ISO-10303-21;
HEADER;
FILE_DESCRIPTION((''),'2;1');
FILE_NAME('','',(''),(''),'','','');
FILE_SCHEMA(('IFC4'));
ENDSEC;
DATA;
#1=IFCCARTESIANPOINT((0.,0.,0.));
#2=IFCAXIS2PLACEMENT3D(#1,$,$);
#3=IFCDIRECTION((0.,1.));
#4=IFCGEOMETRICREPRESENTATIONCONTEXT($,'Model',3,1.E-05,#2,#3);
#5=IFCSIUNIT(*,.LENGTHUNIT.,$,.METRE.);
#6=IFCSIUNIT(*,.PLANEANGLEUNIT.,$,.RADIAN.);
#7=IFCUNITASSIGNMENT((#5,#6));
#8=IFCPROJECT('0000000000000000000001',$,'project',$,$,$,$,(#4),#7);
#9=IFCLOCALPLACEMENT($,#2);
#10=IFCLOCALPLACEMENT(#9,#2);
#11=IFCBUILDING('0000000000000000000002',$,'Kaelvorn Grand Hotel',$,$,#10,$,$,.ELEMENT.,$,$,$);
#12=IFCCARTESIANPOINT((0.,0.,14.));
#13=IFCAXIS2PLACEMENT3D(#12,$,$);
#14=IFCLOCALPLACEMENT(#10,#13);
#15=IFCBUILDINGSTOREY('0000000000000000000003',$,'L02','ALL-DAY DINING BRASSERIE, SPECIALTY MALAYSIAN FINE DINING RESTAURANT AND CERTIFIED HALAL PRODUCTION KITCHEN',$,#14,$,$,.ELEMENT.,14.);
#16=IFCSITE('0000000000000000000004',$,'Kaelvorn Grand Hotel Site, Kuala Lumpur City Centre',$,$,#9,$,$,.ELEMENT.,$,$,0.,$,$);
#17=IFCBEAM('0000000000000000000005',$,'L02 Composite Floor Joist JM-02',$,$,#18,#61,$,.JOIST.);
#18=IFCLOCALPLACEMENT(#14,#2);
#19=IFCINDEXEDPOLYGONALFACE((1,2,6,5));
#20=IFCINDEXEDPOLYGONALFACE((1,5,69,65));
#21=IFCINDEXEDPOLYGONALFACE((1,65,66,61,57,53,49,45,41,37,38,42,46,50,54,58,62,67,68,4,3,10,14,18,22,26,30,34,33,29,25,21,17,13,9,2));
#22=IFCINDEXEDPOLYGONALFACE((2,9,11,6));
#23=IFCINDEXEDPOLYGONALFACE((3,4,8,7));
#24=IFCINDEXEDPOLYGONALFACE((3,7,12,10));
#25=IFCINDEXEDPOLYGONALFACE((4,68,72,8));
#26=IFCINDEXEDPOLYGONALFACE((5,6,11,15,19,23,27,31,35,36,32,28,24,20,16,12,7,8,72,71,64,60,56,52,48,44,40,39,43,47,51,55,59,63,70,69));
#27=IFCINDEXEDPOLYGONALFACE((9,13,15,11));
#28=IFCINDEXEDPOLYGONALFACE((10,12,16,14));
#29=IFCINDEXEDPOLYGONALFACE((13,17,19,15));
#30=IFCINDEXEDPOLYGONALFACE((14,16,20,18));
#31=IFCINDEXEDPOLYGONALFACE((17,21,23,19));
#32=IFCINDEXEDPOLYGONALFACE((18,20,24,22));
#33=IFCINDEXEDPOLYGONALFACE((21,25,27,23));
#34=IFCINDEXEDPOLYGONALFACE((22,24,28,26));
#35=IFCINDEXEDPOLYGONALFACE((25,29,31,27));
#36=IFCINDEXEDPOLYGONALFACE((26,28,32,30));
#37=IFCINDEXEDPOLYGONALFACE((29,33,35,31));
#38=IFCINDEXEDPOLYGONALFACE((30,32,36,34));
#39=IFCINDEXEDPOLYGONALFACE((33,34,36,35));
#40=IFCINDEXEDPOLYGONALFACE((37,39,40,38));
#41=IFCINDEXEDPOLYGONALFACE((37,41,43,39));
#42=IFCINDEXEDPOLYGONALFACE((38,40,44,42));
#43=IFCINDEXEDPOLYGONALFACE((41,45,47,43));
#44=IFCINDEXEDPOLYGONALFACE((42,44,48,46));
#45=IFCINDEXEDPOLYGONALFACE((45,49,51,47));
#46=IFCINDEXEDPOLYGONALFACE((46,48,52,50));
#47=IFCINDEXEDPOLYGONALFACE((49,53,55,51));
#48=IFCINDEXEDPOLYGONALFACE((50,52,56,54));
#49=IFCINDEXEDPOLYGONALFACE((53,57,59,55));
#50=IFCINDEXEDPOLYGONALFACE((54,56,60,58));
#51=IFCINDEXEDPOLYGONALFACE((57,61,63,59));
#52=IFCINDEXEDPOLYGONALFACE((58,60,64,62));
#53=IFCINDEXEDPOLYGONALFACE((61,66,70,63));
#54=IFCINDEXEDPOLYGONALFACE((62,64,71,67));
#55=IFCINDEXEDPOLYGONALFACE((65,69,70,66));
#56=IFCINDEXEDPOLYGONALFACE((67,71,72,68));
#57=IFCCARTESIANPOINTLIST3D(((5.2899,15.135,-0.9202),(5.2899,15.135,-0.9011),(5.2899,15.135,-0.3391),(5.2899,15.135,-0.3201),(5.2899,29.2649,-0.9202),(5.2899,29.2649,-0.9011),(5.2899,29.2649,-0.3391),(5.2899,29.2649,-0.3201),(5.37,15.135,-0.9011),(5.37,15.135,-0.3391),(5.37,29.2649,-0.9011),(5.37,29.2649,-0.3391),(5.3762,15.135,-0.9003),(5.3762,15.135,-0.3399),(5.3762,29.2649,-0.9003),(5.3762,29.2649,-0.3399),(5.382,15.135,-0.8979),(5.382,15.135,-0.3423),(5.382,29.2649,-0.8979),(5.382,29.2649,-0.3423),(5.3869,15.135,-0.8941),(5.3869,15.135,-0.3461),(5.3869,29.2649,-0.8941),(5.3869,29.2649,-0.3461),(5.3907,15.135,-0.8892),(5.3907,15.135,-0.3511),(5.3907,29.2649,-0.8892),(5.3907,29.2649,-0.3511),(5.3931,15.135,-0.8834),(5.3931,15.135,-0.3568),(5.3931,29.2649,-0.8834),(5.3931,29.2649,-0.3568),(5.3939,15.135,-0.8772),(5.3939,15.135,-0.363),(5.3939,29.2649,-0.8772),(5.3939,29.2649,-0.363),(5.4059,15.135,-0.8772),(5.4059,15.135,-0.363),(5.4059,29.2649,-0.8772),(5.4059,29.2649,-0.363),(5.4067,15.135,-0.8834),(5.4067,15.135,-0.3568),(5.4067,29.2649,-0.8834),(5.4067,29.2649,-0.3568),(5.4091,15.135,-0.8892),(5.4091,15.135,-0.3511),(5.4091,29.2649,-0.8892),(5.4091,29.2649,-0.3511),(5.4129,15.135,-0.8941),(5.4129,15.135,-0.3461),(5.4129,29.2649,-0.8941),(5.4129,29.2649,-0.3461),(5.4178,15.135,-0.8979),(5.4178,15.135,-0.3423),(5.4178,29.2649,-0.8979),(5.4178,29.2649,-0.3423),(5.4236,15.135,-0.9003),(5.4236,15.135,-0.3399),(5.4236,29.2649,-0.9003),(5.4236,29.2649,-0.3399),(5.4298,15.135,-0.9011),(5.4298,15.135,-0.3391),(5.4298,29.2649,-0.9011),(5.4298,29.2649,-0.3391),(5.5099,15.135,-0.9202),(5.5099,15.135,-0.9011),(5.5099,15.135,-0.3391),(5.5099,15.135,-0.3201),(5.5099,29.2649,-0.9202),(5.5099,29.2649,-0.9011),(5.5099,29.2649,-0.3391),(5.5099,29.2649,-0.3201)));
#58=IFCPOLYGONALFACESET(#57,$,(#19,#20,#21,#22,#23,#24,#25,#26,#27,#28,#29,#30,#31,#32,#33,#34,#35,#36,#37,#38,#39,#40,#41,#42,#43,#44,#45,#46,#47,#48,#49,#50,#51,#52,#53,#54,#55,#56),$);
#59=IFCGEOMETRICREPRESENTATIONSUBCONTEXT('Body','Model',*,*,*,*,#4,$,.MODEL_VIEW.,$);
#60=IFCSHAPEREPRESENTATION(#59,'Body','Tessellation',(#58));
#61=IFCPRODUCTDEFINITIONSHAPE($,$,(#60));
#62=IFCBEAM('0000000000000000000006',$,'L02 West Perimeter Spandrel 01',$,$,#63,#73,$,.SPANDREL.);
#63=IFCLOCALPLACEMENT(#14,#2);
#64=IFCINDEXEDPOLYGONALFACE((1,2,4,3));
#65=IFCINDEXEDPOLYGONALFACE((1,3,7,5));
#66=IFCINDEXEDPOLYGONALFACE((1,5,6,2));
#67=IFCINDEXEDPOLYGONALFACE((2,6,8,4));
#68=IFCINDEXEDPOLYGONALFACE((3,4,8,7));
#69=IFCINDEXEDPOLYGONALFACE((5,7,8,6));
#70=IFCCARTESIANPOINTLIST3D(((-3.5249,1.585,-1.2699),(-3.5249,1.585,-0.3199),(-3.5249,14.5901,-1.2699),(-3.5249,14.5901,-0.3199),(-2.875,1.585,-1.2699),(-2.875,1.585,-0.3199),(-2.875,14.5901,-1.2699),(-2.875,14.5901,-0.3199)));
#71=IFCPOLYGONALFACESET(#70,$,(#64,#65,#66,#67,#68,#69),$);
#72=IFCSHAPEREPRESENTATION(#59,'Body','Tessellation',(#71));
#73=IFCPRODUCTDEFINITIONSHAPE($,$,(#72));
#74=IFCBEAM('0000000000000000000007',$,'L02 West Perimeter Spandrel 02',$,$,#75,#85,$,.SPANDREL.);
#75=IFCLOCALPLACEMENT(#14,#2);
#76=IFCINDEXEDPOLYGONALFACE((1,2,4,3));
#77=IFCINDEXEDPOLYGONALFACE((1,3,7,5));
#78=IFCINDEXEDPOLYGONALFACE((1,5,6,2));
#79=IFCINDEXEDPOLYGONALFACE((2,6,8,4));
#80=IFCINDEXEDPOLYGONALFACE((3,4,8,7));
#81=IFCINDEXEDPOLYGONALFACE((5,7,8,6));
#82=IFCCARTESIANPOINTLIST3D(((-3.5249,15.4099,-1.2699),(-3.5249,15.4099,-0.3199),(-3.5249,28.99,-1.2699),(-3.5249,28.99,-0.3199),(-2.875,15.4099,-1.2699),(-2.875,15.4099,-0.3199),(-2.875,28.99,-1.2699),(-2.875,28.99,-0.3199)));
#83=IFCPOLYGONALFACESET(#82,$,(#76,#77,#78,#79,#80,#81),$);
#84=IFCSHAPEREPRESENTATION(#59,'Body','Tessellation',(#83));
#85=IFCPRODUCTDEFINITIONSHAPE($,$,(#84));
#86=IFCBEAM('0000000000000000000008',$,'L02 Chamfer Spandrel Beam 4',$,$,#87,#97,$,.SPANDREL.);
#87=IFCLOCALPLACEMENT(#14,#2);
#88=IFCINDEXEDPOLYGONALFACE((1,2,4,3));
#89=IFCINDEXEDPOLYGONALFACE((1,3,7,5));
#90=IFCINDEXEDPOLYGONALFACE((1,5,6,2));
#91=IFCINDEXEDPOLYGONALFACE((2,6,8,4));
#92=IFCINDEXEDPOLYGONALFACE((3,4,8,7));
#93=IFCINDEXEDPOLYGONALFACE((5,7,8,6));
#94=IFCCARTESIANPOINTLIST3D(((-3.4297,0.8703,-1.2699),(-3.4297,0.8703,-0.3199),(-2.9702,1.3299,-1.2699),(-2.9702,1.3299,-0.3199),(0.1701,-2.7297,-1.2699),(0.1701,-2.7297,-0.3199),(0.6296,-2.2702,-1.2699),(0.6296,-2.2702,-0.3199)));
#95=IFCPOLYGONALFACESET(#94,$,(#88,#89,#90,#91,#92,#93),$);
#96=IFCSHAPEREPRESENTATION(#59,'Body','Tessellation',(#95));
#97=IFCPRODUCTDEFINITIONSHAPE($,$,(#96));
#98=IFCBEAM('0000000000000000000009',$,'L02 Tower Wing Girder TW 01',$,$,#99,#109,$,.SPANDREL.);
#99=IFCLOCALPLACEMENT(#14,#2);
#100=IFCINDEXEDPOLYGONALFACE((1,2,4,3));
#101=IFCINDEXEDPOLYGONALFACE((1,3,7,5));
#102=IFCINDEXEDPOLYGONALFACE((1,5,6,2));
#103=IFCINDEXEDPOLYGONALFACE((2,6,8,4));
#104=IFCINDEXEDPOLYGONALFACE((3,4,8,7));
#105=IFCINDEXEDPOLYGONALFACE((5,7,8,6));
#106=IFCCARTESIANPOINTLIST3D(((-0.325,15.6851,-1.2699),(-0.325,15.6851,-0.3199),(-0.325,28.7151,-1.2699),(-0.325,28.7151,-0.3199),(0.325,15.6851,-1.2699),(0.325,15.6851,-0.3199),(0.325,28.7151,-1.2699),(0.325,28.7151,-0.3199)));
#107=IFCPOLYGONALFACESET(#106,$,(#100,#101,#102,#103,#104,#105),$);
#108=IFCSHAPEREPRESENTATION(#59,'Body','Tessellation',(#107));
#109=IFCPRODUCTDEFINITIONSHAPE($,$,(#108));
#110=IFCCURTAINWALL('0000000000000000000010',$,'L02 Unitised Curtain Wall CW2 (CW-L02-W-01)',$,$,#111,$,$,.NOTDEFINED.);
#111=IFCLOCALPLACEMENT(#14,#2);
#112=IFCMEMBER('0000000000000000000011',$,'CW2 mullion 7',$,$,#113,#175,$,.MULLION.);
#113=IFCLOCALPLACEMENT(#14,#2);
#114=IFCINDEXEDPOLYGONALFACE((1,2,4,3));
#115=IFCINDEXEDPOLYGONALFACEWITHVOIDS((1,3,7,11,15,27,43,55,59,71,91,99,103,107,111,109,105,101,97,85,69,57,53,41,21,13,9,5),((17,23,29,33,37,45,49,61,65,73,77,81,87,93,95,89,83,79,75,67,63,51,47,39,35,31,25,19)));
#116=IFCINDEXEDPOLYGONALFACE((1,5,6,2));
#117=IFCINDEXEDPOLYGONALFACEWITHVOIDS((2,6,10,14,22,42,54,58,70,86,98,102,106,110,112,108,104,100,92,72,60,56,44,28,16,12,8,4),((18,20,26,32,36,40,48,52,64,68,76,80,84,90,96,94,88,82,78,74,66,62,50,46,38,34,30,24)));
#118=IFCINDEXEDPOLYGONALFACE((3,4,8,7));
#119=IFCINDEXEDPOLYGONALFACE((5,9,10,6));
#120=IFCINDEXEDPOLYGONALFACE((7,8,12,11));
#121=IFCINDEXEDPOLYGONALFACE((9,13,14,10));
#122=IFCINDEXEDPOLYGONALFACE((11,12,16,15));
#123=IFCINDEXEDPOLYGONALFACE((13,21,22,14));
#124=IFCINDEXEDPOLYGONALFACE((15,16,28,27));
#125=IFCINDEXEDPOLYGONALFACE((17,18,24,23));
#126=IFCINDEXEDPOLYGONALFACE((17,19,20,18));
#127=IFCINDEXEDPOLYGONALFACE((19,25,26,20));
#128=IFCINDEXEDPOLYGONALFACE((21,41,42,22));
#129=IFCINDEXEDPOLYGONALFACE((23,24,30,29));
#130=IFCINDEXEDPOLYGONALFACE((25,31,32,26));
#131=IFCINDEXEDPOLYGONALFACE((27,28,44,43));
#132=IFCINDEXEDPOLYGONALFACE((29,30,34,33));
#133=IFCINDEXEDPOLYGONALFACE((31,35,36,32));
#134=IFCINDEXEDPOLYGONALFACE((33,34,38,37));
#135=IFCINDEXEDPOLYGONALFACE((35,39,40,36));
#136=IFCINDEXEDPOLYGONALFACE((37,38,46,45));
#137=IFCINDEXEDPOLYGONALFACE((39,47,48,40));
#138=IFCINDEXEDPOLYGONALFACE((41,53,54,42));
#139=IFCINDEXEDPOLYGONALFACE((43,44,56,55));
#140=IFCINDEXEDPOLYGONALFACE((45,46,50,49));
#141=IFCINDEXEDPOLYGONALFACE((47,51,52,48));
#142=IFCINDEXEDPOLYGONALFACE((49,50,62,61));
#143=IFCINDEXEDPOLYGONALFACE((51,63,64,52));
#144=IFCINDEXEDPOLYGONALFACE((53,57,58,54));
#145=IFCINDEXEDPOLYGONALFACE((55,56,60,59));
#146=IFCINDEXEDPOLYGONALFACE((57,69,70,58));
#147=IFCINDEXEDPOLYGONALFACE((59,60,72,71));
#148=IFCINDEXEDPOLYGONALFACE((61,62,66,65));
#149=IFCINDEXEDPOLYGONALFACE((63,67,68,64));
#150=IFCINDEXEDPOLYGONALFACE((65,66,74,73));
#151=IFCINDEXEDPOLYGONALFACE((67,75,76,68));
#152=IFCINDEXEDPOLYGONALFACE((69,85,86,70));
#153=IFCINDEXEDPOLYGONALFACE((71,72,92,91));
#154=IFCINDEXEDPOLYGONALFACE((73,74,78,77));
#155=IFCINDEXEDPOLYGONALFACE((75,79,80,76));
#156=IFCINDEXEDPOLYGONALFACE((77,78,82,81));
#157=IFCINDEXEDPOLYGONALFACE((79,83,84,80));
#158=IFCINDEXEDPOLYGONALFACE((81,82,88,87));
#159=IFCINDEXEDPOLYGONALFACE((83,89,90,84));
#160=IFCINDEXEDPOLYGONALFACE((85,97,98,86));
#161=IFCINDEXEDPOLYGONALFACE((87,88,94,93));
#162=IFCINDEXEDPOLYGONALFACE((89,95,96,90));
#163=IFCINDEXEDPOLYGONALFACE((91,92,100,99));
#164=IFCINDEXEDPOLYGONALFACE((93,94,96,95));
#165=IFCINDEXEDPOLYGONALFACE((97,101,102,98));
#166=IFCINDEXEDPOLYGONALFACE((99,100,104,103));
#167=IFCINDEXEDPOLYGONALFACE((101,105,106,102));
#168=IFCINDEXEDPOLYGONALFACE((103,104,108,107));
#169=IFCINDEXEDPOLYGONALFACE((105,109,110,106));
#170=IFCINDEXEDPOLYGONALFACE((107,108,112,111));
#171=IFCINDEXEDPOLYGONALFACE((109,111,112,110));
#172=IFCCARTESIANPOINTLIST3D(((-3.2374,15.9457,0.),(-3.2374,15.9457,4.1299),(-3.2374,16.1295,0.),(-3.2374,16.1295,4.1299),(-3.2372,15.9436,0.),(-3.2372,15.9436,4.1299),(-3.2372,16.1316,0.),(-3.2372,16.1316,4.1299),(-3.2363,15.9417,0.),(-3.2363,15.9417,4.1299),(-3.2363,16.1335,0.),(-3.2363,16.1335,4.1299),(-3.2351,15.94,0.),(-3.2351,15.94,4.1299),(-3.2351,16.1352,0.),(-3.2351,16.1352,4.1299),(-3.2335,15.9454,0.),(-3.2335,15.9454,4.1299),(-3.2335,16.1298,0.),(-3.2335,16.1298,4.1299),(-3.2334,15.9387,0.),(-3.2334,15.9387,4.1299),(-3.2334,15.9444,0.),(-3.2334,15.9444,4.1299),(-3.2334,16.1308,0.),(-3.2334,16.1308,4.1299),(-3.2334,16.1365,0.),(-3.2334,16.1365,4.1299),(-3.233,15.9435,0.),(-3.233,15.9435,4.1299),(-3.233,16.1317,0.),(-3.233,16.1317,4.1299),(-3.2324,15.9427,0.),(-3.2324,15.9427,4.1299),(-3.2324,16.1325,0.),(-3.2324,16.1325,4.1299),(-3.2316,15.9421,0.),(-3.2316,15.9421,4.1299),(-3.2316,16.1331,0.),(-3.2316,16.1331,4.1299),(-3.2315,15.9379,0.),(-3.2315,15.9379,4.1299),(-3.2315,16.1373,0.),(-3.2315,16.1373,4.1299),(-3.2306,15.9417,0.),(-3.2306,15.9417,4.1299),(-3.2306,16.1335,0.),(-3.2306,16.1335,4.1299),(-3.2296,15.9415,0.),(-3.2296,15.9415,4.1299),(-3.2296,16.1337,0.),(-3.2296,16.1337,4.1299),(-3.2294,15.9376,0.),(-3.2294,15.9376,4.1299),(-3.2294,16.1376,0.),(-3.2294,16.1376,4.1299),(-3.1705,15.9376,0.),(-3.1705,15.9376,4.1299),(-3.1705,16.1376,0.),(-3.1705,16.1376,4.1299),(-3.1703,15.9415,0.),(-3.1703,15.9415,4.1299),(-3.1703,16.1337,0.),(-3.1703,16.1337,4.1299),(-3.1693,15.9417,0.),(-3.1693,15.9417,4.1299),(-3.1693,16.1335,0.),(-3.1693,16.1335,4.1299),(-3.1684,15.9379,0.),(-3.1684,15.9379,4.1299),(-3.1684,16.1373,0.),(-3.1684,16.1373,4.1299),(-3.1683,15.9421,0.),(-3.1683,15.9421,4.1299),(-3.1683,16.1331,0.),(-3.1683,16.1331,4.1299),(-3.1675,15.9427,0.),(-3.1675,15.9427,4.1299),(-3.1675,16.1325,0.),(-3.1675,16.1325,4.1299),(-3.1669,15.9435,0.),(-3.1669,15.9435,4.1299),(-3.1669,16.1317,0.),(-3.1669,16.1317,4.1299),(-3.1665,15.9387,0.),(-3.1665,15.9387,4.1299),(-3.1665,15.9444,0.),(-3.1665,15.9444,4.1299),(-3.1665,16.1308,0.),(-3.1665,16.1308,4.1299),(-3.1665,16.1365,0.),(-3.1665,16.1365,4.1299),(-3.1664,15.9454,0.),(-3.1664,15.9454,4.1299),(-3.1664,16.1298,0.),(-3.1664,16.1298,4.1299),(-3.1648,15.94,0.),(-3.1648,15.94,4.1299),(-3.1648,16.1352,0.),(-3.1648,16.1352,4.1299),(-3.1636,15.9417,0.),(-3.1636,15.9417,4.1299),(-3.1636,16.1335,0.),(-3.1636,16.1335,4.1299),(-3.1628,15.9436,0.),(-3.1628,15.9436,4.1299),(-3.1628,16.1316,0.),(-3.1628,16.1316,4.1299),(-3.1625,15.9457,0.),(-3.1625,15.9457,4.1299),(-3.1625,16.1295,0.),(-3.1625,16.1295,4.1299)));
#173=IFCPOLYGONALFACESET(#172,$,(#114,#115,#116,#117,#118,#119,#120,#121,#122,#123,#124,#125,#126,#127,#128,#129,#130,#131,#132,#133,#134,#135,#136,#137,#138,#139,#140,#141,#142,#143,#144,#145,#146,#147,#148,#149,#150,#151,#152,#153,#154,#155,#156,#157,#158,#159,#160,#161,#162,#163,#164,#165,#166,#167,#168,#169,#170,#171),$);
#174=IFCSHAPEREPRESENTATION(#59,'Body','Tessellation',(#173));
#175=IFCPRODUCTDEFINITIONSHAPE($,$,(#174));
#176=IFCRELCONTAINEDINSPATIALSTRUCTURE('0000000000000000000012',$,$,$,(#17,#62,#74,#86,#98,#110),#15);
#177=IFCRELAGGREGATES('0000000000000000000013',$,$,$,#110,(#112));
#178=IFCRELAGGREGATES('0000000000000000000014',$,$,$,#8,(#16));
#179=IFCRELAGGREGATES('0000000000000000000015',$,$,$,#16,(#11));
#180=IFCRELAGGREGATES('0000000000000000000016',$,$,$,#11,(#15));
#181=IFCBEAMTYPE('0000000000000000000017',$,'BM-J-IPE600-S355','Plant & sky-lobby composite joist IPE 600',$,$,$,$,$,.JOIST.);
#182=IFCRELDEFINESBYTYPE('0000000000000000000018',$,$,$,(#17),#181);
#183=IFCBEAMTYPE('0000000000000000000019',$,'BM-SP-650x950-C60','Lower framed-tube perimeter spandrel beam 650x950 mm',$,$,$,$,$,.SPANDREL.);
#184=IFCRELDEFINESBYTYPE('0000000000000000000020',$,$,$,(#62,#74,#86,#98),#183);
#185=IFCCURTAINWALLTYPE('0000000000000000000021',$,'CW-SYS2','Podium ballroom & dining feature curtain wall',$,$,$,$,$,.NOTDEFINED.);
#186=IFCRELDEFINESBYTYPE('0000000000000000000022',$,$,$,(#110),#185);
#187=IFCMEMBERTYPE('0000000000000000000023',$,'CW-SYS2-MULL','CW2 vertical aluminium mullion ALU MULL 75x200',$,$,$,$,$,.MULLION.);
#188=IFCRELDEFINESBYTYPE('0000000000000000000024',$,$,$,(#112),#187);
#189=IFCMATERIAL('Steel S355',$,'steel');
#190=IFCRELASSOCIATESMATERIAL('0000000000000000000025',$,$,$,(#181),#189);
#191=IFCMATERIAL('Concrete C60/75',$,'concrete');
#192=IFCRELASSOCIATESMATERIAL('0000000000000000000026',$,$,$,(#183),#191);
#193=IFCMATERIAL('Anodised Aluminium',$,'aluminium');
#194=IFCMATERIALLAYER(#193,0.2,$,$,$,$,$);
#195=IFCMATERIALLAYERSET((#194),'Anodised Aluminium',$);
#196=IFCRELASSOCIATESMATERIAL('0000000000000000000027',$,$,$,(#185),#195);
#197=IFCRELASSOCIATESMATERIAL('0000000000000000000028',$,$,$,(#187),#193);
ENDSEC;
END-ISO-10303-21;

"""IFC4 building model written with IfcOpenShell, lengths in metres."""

from ifc_helpers import new_model, si_unit, direction, frame, origin, origin_2d, place, context, subcontext, project, spatial, rectangle, hollow_rectangle, i_section, extrude, material, layer, layer_set, material_profile, profile_set, type_object, element, aggregate, save


model = new_model("IFC4")

# Units and contexts
model_context = context("Model", 3, precision=1e-05, world=origin(), true_north=direction((0.0, 1.0)))
body_context = subcontext(model_context, "Body", "Model", "MODEL_VIEW")
ifc_project = project(units=[si_unit("LENGTHUNIT", "METRE"), si_unit("PLANEANGLEUNIT", "RADIAN")], contexts=[model_context])

# Site, building, storey
site_placement = place(None, origin())
site = spatial("IfcSite", under=ifc_project, at=site_placement, Name="Kaelvorn Grand Hotel Site, Kuala Lumpur City Centre", CompositionType="ELEMENT", RefElevation=0.0)
building_placement = place(site_placement, origin())
building = spatial("IfcBuilding", under=site, at=building_placement, Name="Kaelvorn Grand Hotel", CompositionType="ELEMENT")
storey_placement = place(building_placement, frame((0.0, 0.0, 14.0)))
storey = spatial("IfcBuildingStorey", under=building, at=storey_placement, Name="L02", Description="ALL-DAY DINING BRASSERIE, SPECIALTY MALAYSIAN FINE DINING RESTAURANT AND CERTIFIED HALAL PRODUCTION KITCHEN", CompositionType="ELEMENT", Elevation=14.0)

# Beams
ifc_material_1 = material(Name="Steel S355", Category="steel")
ifc_material_profile_1 = material_profile(ifc_material_1, i_section(OverallWidth=0.22, OverallDepth=0.6001, WebThickness=0.012, FlangeThickness=0.019, FilletRadius=0.0239, at=origin_2d()), Name="IPE 600")
ifc_profile_set_1 = profile_set([ifc_material_profile_1], Name="Steel S355")
beam_type_1 = type_object("IfcBeamType", Name="BM-J-IPE600-S355", Description="Plant & sky-lobby composite joist IPE 600", PredefinedType="JOIST", material=ifc_profile_set_1)
for number, where, z_axis, x_axis, name in (
    (1, (5.3999, 15.135, -0.6201), (0.0, 1.0, 0.0), (-1.0, 0.0, 0.0), "L02 Composite Floor Joist JM-02"),
):
    element("IfcBeam", number, at=place(storey_placement, frame(where, z_axis=z_axis, x_axis=x_axis)), inside=storey, type_object=beam_type_1, Name=name, PredefinedType="JOIST", context=body_context, shape_type="SweptSolid", body=[
        extrude(i_section(OverallWidth=0.22, OverallDepth=0.6001, WebThickness=0.012, FlangeThickness=0.019, FilletRadius=0.0239, at=origin_2d()), origin(), (0.0, 0.0, 1.0), 14.1299),
    ])
ifc_material_2 = material(Name="Concrete C60/75", Category="concrete")
ifc_material_profile_2 = material_profile(ifc_material_2, rectangle(XDim=0.6499, YDim=0.95, at=origin_2d()), Name="RC SPANDREL 650x950")
ifc_profile_set_2 = profile_set([ifc_material_profile_2], Name="Concrete C60/75")
beam_type_2 = type_object("IfcBeamType", Name="BM-SP-650x950-C60", Description="Lower framed-tube perimeter spandrel beam 650x950 mm", PredefinedType="SPANDREL", material=ifc_profile_set_2)
beam_1_placement = place(storey_placement, frame((-3.2, 1.585, -0.7949), z_axis=(0.0, 1.0, 0.0), x_axis=(-1.0, 0.0, 0.0)))
element("IfcBeam", 2, at=beam_1_placement, inside=storey, type_object=beam_type_2, Name="L02 West Perimeter Spandrel 01", PredefinedType="SPANDREL", context=body_context, shape_type="SweptSolid", body=[
    extrude(rectangle(XDim=0.6499, YDim=0.95, at=origin_2d()), origin(), (0.0, 0.0, 1.0), 13.0051),
])
beam_2_placement = place(storey_placement, frame((-3.2, 15.4099, -0.7949), z_axis=(0.0, 1.0, 0.0), x_axis=(-1.0, 0.0, 0.0)))
element("IfcBeam", 3, at=beam_2_placement, inside=storey, type_object=beam_type_2, Name="L02 West Perimeter Spandrel 02", PredefinedType="SPANDREL", context=body_context, shape_type="SweptSolid", body=[
    extrude(rectangle(XDim=0.6499, YDim=0.95, at=origin_2d()), origin(), (0.0, 0.0, 1.0), 13.5801),
])
beam_3_placement = place(storey_placement, frame((-3.2, 1.1001, -0.7949), z_axis=(0.707083, -0.707131, 0.0), x_axis=(0.707131, 0.707083, 0.0)))
element("IfcBeam", 4, at=beam_3_placement, inside=storey, type_object=beam_type_2, Name="L02 Chamfer Spandrel Beam 4", PredefinedType="SPANDREL", context=body_context, shape_type="SweptSolid", body=[
    extrude(rectangle(XDim=0.6499, YDim=0.95, at=origin_2d()), origin(), (0.0, 0.0, 1.0), 5.0911),
])
beam_4_placement = place(storey_placement, frame((0.0, 15.6851, -0.7949), z_axis=(0.0, 1.0, 0.0), x_axis=(-1.0, 0.0, 0.0)))
element("IfcBeam", 5, at=beam_4_placement, inside=storey, type_object=beam_type_2, Name="L02 Tower Wing Girder TW 01", PredefinedType="SPANDREL", context=body_context, shape_type="SweptSolid", body=[
    extrude(rectangle(XDim=0.6499, YDim=0.95, at=origin_2d()), origin(), (0.0, 0.0, 1.0), 13.03),
])

# Curtain wall, member
ifc_material_3 = material(Name="Anodised Aluminium", Category="aluminium")
ifc_layer_1 = layer(ifc_material_3, 0.2)
ifc_layer_set_1 = layer_set([ifc_layer_1], Name="Anodised Aluminium")
curtain_wall_type = type_object("IfcCurtainWallType", Name="CW-SYS2", Description="Podium ballroom & dining feature curtain wall", PredefinedType="NOTDEFINED", material=ifc_layer_set_1)
curtain_wall_placement = place(storey_placement, origin())
curtain_wall = element("IfcCurtainWall", 6, at=curtain_wall_placement, inside=storey, type_object=curtain_wall_type, Name="L02 Unitised Curtain Wall CW2 (CW-L02-W-01)", PredefinedType="NOTDEFINED")
ifc_material_profile_3 = material_profile(ifc_material_3, hollow_rectangle(XDim=0.075, YDim=0.2, WallThickness=0.0039, InnerFilletRadius=0.0039, OuterFilletRadius=0.0081, at=origin_2d()), Name="ALU MULL 75x200")
ifc_profile_set_3 = profile_set([ifc_material_profile_3], Name="Anodised Aluminium")
member_type_1 = type_object("IfcMemberType", Name="CW-SYS2-MULL", Description="CW2 vertical aluminium mullion ALU MULL 75x200", PredefinedType="MULLION", material=ifc_profile_set_3)
member_1_placement = place(storey_placement, frame((-3.2, 16.0376, 0.0), z_axis=(0.0, 0.0, 1.0), x_axis=(1.0, 0.0, 0.0)))
member_1 = element("IfcMember", 7, at=member_1_placement, type_object=member_type_1, Name="CW2 mullion 7", PredefinedType="MULLION", context=body_context, shape_type="SweptSolid", body=[
    extrude(hollow_rectangle(XDim=0.075, YDim=0.2, WallThickness=0.0039, InnerFilletRadius=0.0039, OuterFilletRadius=0.0081, at=origin_2d()), origin(), (0.0, 0.0, 1.0), 4.1299),
])
aggregate(curtain_wall, [member_1])

save(model, "model.ifc")
